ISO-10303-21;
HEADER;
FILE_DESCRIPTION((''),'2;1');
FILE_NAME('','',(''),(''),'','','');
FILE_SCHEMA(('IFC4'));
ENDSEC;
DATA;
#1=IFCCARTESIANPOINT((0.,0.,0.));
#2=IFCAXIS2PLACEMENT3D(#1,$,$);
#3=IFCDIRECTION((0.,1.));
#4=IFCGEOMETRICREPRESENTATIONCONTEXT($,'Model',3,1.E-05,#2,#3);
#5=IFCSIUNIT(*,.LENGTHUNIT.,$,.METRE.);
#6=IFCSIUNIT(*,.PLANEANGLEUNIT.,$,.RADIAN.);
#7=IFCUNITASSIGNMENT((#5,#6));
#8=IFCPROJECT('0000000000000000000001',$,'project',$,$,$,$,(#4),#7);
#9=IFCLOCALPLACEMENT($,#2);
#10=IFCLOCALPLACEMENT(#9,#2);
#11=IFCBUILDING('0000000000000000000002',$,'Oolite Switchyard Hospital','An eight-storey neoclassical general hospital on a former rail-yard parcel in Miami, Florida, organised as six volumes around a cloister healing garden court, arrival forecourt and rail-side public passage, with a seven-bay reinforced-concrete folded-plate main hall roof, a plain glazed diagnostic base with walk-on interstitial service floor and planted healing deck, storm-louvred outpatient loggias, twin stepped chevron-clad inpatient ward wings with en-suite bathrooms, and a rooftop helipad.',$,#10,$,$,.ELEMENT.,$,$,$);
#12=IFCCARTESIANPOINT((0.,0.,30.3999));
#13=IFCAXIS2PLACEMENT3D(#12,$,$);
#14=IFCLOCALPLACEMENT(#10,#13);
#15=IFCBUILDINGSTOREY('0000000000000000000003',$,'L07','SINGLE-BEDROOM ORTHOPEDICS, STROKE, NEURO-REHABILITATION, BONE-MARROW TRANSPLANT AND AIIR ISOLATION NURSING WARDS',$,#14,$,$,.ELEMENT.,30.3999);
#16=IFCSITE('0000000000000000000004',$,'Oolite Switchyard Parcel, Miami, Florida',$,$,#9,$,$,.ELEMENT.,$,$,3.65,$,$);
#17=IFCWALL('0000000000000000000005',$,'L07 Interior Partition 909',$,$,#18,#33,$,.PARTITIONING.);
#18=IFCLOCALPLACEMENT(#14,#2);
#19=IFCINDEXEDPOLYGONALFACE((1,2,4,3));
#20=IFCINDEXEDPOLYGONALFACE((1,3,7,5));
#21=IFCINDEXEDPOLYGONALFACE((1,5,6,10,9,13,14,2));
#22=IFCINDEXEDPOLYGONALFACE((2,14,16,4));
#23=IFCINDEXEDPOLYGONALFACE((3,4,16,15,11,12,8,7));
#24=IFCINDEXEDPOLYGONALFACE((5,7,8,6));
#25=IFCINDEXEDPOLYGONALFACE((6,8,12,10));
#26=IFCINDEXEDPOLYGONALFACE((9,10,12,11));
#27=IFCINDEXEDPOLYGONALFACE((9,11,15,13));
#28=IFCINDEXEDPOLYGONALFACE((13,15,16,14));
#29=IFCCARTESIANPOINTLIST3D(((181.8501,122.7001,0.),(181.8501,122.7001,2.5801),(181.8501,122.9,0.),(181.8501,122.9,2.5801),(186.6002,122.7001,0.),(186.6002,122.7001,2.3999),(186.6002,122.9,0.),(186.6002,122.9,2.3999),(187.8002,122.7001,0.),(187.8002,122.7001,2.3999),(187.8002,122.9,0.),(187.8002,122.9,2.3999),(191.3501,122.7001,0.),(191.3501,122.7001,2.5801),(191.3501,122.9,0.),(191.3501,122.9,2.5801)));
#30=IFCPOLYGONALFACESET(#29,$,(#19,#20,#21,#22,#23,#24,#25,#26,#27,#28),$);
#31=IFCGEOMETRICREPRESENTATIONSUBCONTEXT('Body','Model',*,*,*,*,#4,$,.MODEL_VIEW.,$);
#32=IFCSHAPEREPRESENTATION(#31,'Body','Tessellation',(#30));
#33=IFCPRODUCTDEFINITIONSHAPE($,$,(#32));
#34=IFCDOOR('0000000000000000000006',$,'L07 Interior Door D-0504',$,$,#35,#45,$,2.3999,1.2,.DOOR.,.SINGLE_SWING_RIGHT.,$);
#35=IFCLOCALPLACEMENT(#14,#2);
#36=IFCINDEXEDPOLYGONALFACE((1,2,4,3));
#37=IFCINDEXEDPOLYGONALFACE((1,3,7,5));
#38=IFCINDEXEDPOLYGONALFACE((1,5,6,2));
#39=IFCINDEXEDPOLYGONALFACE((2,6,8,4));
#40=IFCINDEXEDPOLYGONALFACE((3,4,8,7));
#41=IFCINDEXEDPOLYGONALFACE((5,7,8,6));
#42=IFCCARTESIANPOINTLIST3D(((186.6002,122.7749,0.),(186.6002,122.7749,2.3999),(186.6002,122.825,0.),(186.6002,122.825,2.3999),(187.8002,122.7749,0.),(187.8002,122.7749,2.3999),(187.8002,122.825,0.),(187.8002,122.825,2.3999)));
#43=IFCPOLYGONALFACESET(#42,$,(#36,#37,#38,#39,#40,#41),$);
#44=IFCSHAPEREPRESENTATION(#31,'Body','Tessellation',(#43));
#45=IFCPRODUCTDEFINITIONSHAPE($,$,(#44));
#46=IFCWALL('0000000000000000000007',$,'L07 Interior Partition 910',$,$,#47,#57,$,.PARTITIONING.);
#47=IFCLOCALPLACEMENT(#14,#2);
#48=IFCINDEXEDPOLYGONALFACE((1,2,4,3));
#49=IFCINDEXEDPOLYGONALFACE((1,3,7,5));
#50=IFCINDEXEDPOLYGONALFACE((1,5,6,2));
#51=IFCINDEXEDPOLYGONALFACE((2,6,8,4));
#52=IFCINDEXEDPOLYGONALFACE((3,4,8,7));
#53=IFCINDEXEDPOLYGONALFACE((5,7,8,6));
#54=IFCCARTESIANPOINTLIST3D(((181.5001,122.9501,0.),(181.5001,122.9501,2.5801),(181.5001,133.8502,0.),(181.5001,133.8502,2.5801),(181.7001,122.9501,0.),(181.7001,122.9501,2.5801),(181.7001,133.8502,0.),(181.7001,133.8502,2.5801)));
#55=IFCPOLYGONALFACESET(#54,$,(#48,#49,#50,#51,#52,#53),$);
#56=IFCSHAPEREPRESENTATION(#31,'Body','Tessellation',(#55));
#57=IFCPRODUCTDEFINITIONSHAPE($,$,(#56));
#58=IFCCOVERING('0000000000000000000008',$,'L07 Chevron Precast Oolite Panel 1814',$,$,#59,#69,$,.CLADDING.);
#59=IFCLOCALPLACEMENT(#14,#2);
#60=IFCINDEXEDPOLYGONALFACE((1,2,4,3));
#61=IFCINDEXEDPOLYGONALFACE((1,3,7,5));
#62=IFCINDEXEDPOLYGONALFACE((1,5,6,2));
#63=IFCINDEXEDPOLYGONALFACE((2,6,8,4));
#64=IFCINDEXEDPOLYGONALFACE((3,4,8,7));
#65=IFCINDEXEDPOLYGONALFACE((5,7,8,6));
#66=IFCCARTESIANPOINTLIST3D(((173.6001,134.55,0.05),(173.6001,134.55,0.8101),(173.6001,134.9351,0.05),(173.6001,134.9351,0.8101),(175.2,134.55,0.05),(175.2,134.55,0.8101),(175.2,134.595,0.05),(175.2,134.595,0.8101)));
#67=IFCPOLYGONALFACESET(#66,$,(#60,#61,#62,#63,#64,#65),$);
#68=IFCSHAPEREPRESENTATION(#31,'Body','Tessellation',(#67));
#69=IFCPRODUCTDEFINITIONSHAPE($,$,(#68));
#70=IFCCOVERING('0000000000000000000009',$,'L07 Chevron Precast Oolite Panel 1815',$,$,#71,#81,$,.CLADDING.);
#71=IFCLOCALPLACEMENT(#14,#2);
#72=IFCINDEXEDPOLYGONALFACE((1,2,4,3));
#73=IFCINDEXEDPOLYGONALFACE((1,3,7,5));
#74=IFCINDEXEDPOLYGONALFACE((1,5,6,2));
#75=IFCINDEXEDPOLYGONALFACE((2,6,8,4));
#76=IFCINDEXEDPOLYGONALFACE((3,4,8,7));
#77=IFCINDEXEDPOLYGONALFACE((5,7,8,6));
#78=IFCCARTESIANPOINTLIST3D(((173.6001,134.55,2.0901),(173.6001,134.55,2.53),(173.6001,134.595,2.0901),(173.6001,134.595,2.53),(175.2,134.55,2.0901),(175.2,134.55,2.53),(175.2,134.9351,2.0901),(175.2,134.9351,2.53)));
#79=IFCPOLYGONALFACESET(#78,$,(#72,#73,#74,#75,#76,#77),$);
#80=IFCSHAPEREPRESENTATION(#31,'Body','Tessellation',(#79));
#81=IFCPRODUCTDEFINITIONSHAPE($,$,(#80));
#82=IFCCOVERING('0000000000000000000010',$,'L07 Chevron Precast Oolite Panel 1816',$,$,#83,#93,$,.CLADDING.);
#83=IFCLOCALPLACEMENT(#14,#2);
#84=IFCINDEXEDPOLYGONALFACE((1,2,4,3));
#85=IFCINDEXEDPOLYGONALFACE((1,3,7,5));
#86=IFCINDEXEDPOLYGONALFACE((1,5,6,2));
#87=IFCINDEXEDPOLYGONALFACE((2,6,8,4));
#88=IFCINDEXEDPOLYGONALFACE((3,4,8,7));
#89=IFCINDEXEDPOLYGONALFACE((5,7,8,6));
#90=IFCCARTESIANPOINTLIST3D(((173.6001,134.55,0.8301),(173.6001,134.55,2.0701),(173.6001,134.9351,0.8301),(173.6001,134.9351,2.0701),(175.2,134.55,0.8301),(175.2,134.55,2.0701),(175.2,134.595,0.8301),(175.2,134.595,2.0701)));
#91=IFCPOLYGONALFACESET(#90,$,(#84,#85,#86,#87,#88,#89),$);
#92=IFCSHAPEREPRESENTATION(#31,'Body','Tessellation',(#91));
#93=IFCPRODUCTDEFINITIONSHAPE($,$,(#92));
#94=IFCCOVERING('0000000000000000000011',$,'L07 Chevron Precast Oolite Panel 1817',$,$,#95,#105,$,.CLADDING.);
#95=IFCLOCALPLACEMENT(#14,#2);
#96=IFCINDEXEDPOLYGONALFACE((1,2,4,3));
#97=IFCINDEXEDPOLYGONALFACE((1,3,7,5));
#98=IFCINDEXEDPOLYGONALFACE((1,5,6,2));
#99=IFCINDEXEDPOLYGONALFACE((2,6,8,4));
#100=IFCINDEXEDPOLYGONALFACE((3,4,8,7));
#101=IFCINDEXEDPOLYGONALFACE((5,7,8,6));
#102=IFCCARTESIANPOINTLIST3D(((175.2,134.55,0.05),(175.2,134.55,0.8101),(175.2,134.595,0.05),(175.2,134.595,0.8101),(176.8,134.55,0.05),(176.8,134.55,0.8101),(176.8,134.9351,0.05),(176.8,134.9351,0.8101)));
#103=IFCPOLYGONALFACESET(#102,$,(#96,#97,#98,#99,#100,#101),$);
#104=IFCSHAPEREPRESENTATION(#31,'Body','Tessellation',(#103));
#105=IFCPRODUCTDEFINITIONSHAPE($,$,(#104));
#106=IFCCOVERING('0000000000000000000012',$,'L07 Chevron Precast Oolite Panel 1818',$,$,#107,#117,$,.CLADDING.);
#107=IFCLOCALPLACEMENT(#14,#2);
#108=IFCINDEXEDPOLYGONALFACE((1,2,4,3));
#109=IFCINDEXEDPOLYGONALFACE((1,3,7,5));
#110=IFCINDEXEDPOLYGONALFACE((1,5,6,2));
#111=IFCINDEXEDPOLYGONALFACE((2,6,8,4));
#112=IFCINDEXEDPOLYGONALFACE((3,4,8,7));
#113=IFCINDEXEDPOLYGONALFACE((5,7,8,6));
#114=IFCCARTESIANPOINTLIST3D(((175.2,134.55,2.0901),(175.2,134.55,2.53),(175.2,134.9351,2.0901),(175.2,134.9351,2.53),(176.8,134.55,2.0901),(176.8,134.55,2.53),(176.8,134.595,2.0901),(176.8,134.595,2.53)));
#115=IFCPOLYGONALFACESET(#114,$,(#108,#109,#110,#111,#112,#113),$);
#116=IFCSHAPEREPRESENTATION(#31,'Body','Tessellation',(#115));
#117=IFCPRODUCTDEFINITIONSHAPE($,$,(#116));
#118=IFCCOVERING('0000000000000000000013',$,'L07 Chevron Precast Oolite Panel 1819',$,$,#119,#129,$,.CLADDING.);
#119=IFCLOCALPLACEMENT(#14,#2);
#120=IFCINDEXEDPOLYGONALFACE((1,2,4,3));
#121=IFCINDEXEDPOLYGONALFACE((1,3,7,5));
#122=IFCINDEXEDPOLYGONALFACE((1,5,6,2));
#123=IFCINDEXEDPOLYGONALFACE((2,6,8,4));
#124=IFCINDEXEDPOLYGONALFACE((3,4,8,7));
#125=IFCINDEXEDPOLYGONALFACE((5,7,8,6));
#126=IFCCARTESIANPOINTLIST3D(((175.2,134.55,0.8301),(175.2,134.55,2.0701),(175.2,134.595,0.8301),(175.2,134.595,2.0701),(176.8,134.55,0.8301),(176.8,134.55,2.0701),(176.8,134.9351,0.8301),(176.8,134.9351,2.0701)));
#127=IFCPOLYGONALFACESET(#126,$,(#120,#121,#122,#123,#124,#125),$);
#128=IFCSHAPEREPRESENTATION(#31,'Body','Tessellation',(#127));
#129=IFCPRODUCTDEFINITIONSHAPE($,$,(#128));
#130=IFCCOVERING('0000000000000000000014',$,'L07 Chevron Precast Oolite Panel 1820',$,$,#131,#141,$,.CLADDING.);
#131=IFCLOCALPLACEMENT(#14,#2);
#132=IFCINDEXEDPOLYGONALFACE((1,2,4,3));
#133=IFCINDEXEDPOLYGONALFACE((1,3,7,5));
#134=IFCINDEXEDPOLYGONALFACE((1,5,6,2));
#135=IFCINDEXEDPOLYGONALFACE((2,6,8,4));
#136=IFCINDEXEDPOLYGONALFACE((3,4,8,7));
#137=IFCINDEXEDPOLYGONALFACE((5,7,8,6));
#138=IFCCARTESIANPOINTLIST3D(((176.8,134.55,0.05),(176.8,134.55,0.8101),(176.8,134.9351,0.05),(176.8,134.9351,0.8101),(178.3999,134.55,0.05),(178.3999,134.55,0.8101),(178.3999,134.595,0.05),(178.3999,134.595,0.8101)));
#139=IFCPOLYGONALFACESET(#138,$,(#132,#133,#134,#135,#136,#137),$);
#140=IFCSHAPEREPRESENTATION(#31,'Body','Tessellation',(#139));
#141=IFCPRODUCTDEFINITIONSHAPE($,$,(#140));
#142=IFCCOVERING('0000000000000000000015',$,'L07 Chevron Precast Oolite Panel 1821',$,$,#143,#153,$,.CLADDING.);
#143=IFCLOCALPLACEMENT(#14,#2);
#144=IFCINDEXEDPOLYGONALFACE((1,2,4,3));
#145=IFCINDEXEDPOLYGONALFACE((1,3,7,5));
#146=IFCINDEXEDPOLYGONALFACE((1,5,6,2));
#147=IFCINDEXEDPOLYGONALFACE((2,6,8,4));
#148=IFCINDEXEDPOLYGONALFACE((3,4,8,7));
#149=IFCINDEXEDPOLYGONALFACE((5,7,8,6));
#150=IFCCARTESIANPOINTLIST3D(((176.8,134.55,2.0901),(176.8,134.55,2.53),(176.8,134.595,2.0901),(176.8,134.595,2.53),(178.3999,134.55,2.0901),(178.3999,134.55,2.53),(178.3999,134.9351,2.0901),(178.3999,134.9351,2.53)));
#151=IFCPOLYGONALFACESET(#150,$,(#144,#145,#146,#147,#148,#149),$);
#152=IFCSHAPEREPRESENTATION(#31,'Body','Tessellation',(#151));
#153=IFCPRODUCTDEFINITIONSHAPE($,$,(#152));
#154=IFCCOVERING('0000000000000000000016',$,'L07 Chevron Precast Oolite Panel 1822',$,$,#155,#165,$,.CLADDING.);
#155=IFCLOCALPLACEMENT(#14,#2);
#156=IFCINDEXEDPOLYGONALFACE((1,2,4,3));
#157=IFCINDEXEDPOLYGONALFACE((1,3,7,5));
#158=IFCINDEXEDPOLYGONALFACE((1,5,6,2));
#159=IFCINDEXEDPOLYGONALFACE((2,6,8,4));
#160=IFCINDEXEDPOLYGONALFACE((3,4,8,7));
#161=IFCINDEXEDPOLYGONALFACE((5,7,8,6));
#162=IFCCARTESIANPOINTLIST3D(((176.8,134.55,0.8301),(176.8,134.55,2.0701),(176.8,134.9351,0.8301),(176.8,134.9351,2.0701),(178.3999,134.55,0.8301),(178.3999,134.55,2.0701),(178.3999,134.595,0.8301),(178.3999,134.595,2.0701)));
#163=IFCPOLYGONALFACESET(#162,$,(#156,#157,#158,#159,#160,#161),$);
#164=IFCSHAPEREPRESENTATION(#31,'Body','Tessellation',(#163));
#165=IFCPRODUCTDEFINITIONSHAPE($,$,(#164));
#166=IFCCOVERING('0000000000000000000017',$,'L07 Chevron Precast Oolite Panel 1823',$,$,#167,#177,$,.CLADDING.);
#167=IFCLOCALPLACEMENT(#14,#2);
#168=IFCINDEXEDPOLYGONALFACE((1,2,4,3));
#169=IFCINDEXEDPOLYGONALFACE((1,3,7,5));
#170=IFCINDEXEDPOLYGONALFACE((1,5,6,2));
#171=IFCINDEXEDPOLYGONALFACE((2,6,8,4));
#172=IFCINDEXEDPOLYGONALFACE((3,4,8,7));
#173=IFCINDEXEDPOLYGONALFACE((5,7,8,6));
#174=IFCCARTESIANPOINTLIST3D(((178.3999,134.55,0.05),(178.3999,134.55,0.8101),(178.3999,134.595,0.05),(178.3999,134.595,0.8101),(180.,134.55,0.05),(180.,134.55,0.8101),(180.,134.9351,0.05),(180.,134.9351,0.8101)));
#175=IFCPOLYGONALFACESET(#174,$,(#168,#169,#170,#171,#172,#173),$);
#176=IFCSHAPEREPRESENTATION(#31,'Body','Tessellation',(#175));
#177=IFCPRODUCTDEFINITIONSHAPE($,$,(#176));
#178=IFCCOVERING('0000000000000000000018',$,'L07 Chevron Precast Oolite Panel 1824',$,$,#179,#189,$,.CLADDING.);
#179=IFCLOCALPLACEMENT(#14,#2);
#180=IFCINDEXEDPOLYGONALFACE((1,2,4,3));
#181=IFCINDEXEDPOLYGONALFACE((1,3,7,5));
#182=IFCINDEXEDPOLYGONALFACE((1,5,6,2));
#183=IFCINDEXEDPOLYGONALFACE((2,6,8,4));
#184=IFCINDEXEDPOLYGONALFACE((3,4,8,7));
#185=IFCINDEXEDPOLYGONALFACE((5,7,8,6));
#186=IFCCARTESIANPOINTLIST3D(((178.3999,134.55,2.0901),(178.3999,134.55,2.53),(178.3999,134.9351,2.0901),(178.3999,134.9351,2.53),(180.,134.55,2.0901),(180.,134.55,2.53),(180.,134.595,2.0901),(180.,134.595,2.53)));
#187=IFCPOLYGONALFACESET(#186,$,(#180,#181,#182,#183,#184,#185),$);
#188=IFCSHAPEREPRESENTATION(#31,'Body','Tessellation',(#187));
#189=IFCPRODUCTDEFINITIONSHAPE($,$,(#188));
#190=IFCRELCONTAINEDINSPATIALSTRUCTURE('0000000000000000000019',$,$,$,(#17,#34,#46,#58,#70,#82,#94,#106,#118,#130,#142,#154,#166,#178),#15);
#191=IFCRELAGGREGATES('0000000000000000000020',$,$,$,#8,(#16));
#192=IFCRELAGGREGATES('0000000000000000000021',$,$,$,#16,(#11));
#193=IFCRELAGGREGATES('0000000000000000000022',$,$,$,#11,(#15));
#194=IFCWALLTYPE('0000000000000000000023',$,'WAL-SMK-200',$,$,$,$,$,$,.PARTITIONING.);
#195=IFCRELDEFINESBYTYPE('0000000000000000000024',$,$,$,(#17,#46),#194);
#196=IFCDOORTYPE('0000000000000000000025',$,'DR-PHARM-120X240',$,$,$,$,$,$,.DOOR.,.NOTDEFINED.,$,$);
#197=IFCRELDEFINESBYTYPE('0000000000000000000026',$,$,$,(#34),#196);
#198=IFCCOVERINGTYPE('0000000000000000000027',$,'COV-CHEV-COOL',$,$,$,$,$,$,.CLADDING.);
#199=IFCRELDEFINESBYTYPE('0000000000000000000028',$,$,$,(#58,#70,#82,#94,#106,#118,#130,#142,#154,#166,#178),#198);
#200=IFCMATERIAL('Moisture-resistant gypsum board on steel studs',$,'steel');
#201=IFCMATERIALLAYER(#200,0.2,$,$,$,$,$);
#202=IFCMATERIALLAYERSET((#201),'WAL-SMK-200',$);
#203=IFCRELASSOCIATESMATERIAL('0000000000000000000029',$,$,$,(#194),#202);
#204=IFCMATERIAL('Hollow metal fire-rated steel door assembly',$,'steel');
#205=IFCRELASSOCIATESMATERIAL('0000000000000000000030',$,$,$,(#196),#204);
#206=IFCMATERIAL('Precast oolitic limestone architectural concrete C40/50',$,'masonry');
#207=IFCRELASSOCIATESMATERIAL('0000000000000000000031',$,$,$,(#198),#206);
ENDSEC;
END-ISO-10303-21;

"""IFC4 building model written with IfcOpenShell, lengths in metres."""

from ifc_helpers import new_model, si_unit, direction, frame, frame_2d, origin, place, context, subcontext, project, spatial, polyline, rectangle, outline, extrude, material, layer, layer_set, type_object, element, fill, save


model = new_model("IFC4")

# Units and contexts
model_context = context("Model", 3, precision=1e-05, world=origin(), true_north=direction((0.0, 1.0)))
body_context = subcontext(model_context, "Body", "Model", "MODEL_VIEW")
ifc_project = project(units=[si_unit("LENGTHUNIT", "METRE"), si_unit("PLANEANGLEUNIT", "RADIAN")], contexts=[model_context])

# Site, building, storey
site_placement = place(None, origin())
site = spatial("IfcSite", under=ifc_project, at=site_placement, Name="Oolite Switchyard Parcel, Miami, Florida", CompositionType="ELEMENT", RefElevation=3.65)
building_placement = place(site_placement, origin())
building = spatial("IfcBuilding", under=site, at=building_placement, Name="Oolite Switchyard Hospital", Description="An eight-storey neoclassical general hospital on a former rail-yard parcel in Miami, Florida, organised as six volumes around a cloister healing garden court, arrival forecourt and rail-side public passage, with a seven-bay reinforced-concrete folded-plate main hall roof, a plain glazed diagnostic base with walk-on interstitial service floor and planted healing deck, storm-louvred outpatient loggias, twin stepped chevron-clad inpatient ward wings with en-suite bathrooms, and a rooftop helipad.", CompositionType="ELEMENT")
storey_placement = place(building_placement, frame((0.0, 0.0, 30.3999)))
storey = spatial("IfcBuildingStorey", under=building, at=storey_placement, Name="L07", Description="SINGLE-BEDROOM ORTHOPEDICS, STROKE, NEURO-REHABILITATION, BONE-MARROW TRANSPLANT AND AIIR ISOLATION NURSING WARDS", CompositionType="ELEMENT", Elevation=30.3999)

# Shared definitions
ifc_material_1 = material(Name="Precast oolitic limestone architectural concrete C40/50", Category="masonry")

# Shared definitions
ifc_material_2 = material(Name="Moisture-resistant gypsum board on steel studs", Category="steel")

# Wall, opening, door
ifc_layer_1 = layer(ifc_material_2, 0.2)
ifc_layer_set_1 = layer_set([ifc_layer_1], Name="WAL-SMK-200")
wall_type_1 = type_object("IfcWallType", Name="WAL-SMK-200", PredefinedType="PARTITIONING", material=ifc_layer_set_1)
wall_1_placement = place(storey_placement, frame((181.8501, 122.8, 0.0), z_axis=(0.0, 0.0, 1.0), x_axis=(1.0, 0.0, 0.0)))
wall_1 = element("IfcWall", 1, at=wall_1_placement, inside=storey, type_object=wall_type_1, Name="L07 Interior Partition 909", PredefinedType="PARTITIONING", context=body_context, shape_type="SweptSolid", body=[
    extrude(rectangle(XDim=9.5, YDim=0.2, at=frame_2d((4.75, 0.0))), origin(), (0.0, 0.0, 1.0), 2.5801),
])
opening_1_placement = place(wall_1_placement, frame((4.75, 0.0, 0.0)))
opening_1 = element("IfcOpeningElement", 2, at=opening_1_placement, cuts=wall_1, PredefinedType="OPENING", context=body_context, shape_type="SweptSolid", body=[
    extrude(rectangle(XDim=1.2, YDim=2.3999, at=frame_2d((0.6001, 1.2))), frame((0.0, 0.1099, 0.0), z_axis=(0.0, -1.0, 0.0), x_axis=(1.0, 0.0, 0.0)), (0.0, 0.0, 1.0), 0.22),
])
ifc_material_3 = material(Name="Hollow metal fire-rated steel door assembly", Category="steel")
door_type_1 = type_object("IfcDoorType", Name="DR-PHARM-120X240", OperationType="NOTDEFINED", PredefinedType="DOOR", material=ifc_material_3)
door_1_placement = place(opening_1_placement, origin())
door_1 = element("IfcDoor", 3, at=door_1_placement, inside=storey, type_object=door_type_1, Name="L07 Interior Door D-0504", OperationType="SINGLE_SWING_RIGHT", OverallHeight=2.3999, OverallWidth=1.2, PredefinedType="DOOR", context=body_context, shape_type="SweptSolid", body=[
    extrude(rectangle(XDim=1.2, YDim=2.3999, at=frame_2d((0.6001, 1.2))), frame((0.0, 0.0249, 0.0), z_axis=(0.0, -1.0, 0.0), x_axis=(1.0, 0.0, 0.0)), (0.0, 0.0, 1.0), 0.05),
])
fill(opening_1, door_1)

# Wall
wall_2_placement = place(storey_placement, frame((181.6001, 122.95, 0.0), z_axis=(0.0, 0.0, 1.0), x_axis=(0.0, 1.0, 0.0)))
element("IfcWall", 4, at=wall_2_placement, inside=storey, type_object=wall_type_1, Name="L07 Interior Partition 910", PredefinedType="PARTITIONING", context=body_context, shape_type="SweptSolid", body=[
    extrude(rectangle(XDim=10.9001, YDim=0.2, at=frame_2d((5.4502, 0.0))), origin(), (0.0, 0.0, 1.0), 2.5801),
])

# Coverings
covering_type = type_object("IfcCoveringType", Name="COV-CHEV-COOL", PredefinedType="CLADDING", material=ifc_material_1)
covering_1_placement = place(storey_placement, frame((173.6001, 134.55, 0.05), z_axis=(0.0, 0.0, 1.0), x_axis=(1.0, 0.0, 0.0)))
element("IfcCovering", 5, at=covering_1_placement, inside=storey, type_object=covering_type, Name="L07 Chevron Precast Oolite Panel 1814", PredefinedType="CLADDING", context=body_context, shape_type="SweptSolid", body=[
    extrude(outline(polyline([(0.0, 0.0), (1.5999, 0.0), (1.5999, 0.0449), (0.0, 0.385), (0.0, 0.0)])), origin(), (0.0, 0.0, 1.0), 0.76),
])
covering_2_placement = place(storey_placement, frame((173.6001, 134.55, 2.0901), z_axis=(0.0, 0.0, 1.0), x_axis=(1.0, 0.0, 0.0)))
element("IfcCovering", 6, at=covering_2_placement, inside=storey, type_object=covering_type, Name="L07 Chevron Precast Oolite Panel 1815", PredefinedType="CLADDING", context=body_context, shape_type="SweptSolid", body=[
    extrude(outline(polyline([(0.0, 0.0), (1.5999, 0.0), (1.5999, 0.385), (0.0, 0.0449), (0.0, 0.0)])), origin(), (0.0, 0.0, 1.0), 0.4399),
])
covering_3_placement = place(storey_placement, frame((173.6001, 134.55, 0.8301), z_axis=(0.0, 0.0, 1.0), x_axis=(1.0, 0.0, 0.0)))
element("IfcCovering", 7, at=covering_3_placement, inside=storey, type_object=covering_type, Name="L07 Chevron Precast Oolite Panel 1816", PredefinedType="CLADDING", context=body_context, shape_type="SweptSolid", body=[
    extrude(outline(polyline([(0.0, 0.0), (1.5999, 0.0), (1.5999, 0.0449), (0.0, 0.385), (0.0, 0.0)])), origin(), (0.0, 0.0, 1.0), 1.24),
])
covering_4_placement = place(storey_placement, frame((175.2, 134.55, 0.05), z_axis=(0.0, 0.0, 1.0), x_axis=(1.0, 0.0, 0.0)))
element("IfcCovering", 8, at=covering_4_placement, inside=storey, type_object=covering_type, Name="L07 Chevron Precast Oolite Panel 1817", PredefinedType="CLADDING", context=body_context, shape_type="SweptSolid", body=[
    extrude(outline(polyline([(0.0, 0.0), (1.6001, 0.0), (1.6001, 0.385), (0.0, 0.0449), (0.0, 0.0)])), origin(), (0.0, 0.0, 1.0), 0.76),
])
covering_5_placement = place(storey_placement, frame((175.2, 134.55, 2.0901), z_axis=(0.0, 0.0, 1.0), x_axis=(1.0, 0.0, 0.0)))
element("IfcCovering", 9, at=covering_5_placement, inside=storey, type_object=covering_type, Name="L07 Chevron Precast Oolite Panel 1818", PredefinedType="CLADDING", context=body_context, shape_type="SweptSolid", body=[
    extrude(outline(polyline([(0.0, 0.0), (1.6001, 0.0), (1.6001, 0.0449), (0.0, 0.385), (0.0, 0.0)])), origin(), (0.0, 0.0, 1.0), 0.4399),
])
covering_6_placement = place(storey_placement, frame((175.2, 134.55, 0.8301), z_axis=(0.0, 0.0, 1.0), x_axis=(1.0, 0.0, 0.0)))
element("IfcCovering", 10, at=covering_6_placement, inside=storey, type_object=covering_type, Name="L07 Chevron Precast Oolite Panel 1819", PredefinedType="CLADDING", context=body_context, shape_type="SweptSolid", body=[
    extrude(outline(polyline([(0.0, 0.0), (1.6001, 0.0), (1.6001, 0.385), (0.0, 0.0449), (0.0, 0.0)])), origin(), (0.0, 0.0, 1.0), 1.24),
])
covering_7_placement = place(storey_placement, frame((176.8, 134.55, 0.05), z_axis=(0.0, 0.0, 1.0), x_axis=(1.0, 0.0, 0.0)))
element("IfcCovering", 11, at=covering_7_placement, inside=storey, type_object=covering_type, Name="L07 Chevron Precast Oolite Panel 1820", PredefinedType="CLADDING", context=body_context, shape_type="SweptSolid", body=[
    extrude(outline(polyline([(0.0, 0.0), (1.5999, 0.0), (1.5999, 0.0449), (0.0, 0.385), (0.0, 0.0)])), origin(), (0.0, 0.0, 1.0), 0.76),
])
covering_8_placement = place(storey_placement, frame((176.8, 134.55, 2.0901), z_axis=(0.0, 0.0, 1.0), x_axis=(1.0, 0.0, 0.0)))
element("IfcCovering", 12, at=covering_8_placement, inside=storey, type_object=covering_type, Name="L07 Chevron Precast Oolite Panel 1821", PredefinedType="CLADDING", context=body_context, shape_type="SweptSolid", body=[
    extrude(outline(polyline([(0.0, 0.0), (1.5999, 0.0), (1.5999, 0.385), (0.0, 0.0449), (0.0, 0.0)])), origin(), (0.0, 0.0, 1.0), 0.4399),
])
covering_9_placement = place(storey_placement, frame((176.8, 134.55, 0.8301), z_axis=(0.0, 0.0, 1.0), x_axis=(1.0, 0.0, 0.0)))
element("IfcCovering", 13, at=covering_9_placement, inside=storey, type_object=covering_type, Name="L07 Chevron Precast Oolite Panel 1822", PredefinedType="CLADDING", context=body_context, shape_type="SweptSolid", body=[
    extrude(outline(polyline([(0.0, 0.0), (1.5999, 0.0), (1.5999, 0.0449), (0.0, 0.385), (0.0, 0.0)])), origin(), (0.0, 0.0, 1.0), 1.24),
])
covering_10_placement = place(storey_placement, frame((178.3999, 134.55, 0.05), z_axis=(0.0, 0.0, 1.0), x_axis=(1.0, 0.0, 0.0)))
element("IfcCovering", 14, at=covering_10_placement, inside=storey, type_object=covering_type, Name="L07 Chevron Precast Oolite Panel 1823", PredefinedType="CLADDING", context=body_context, shape_type="SweptSolid", body=[
    extrude(outline(polyline([(0.0, 0.0), (1.6001, 0.0), (1.6001, 0.385), (0.0, 0.0449), (0.0, 0.0)])), origin(), (0.0, 0.0, 1.0), 0.76),
])
covering_11_placement = place(storey_placement, frame((178.3999, 134.55, 2.0901), z_axis=(0.0, 0.0, 1.0), x_axis=(1.0, 0.0, 0.0)))
element("IfcCovering", 15, at=covering_11_placement, inside=storey, type_object=covering_type, Name="L07 Chevron Precast Oolite Panel 1824", PredefinedType="CLADDING", context=body_context, shape_type="SweptSolid", body=[
    extrude(outline(polyline([(0.0, 0.0), (1.6001, 0.0), (1.6001, 0.0449), (0.0, 0.385), (0.0, 0.0)])), origin(), (0.0, 0.0, 1.0), 0.4399),
])

save(model, "model.ifc")
